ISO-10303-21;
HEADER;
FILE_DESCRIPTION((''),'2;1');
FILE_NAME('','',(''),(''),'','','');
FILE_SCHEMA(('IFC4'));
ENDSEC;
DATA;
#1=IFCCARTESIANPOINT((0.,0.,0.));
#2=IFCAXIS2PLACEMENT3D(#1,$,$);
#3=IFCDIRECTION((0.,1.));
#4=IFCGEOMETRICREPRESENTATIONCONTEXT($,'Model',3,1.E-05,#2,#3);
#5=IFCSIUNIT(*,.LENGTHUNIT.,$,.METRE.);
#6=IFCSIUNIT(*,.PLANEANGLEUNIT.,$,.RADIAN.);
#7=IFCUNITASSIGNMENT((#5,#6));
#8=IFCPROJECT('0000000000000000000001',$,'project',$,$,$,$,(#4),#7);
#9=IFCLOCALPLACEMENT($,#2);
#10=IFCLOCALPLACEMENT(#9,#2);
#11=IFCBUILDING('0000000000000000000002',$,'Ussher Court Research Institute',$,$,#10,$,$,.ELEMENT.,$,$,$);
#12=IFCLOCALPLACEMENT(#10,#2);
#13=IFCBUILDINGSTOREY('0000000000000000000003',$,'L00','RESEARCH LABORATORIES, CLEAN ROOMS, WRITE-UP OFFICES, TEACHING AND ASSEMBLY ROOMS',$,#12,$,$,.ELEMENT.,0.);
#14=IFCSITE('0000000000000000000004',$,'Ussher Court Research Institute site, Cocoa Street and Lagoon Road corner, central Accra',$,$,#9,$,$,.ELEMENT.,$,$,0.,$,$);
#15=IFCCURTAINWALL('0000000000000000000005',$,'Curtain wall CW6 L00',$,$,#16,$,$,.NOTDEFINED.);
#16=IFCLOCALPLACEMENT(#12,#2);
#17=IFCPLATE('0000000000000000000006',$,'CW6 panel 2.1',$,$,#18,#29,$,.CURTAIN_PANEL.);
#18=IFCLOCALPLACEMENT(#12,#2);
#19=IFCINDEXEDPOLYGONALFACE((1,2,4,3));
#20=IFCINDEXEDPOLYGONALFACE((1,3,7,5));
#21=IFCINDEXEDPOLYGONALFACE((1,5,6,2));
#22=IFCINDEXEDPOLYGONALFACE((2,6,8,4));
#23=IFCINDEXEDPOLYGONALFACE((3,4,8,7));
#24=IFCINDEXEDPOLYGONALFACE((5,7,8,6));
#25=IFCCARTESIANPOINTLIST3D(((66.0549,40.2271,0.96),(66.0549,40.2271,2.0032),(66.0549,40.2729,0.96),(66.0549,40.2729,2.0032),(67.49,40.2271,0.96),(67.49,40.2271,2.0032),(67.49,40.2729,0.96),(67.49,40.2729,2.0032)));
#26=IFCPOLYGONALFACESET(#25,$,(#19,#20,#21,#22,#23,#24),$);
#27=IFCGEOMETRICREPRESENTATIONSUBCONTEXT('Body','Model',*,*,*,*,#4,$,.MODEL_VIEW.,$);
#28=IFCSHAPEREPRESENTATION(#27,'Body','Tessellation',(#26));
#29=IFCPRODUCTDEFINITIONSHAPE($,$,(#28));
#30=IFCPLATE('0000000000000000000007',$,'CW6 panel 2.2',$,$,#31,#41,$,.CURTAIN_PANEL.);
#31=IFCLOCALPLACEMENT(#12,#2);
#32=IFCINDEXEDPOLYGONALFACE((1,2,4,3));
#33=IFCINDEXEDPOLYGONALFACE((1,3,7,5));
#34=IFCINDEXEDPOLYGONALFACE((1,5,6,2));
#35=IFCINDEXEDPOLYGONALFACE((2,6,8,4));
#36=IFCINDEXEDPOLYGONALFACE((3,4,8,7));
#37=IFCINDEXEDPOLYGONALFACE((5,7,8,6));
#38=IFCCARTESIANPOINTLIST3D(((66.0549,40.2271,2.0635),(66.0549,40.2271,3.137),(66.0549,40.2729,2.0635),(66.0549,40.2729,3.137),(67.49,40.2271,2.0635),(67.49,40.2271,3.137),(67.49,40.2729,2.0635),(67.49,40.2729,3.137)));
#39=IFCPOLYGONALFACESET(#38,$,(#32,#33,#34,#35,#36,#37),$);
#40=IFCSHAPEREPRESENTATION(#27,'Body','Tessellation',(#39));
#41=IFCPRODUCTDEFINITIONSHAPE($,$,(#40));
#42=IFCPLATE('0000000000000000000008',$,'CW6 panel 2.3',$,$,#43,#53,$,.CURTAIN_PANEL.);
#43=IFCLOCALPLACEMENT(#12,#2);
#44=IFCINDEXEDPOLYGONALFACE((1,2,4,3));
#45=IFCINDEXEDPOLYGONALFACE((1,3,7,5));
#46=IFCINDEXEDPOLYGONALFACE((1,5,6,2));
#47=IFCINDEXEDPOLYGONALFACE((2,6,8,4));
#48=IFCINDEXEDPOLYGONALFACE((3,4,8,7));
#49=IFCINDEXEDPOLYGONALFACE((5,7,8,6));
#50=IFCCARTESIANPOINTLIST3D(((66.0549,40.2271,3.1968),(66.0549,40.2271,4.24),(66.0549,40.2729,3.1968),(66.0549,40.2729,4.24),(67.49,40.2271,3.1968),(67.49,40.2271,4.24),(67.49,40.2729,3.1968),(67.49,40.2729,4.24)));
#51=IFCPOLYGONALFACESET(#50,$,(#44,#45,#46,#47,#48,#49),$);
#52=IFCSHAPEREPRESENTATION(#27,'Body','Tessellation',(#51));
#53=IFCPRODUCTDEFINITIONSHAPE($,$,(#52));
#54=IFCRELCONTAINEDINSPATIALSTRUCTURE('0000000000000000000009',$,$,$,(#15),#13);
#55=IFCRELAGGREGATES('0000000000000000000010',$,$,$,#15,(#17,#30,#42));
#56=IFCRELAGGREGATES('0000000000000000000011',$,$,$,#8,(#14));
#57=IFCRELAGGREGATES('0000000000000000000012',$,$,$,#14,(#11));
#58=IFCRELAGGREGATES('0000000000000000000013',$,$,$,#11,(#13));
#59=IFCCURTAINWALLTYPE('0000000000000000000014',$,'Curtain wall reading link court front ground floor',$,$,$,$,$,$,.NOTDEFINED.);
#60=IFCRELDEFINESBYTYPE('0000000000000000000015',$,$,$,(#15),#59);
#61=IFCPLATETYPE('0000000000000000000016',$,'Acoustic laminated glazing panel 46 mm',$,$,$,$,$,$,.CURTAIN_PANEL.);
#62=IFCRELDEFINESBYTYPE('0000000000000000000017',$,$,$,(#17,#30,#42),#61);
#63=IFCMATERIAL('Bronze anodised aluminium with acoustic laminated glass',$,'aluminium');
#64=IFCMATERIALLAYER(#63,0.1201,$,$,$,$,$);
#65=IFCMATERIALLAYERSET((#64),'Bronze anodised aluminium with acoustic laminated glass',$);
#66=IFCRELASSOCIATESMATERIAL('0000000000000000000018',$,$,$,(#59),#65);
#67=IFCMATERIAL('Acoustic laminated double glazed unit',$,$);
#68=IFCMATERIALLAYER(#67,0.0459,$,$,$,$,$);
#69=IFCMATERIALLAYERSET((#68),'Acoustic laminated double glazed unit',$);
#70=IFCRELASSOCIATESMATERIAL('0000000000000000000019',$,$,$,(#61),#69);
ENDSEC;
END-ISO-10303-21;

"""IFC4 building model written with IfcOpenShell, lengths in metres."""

from ifc_helpers import new_model, si_unit, direction, frame, origin, origin_2d, place, context, subcontext, project, spatial, rectangle, extrude, material, layer, layer_set, type_object, element, aggregate, save


model = new_model("IFC4")

# Units and contexts
model_context = context("Model", 3, precision=1e-05, world=origin(), true_north=direction((0.0, 1.0)))
body_context = subcontext(model_context, "Body", "Model", "MODEL_VIEW")
ifc_project = project(units=[si_unit("LENGTHUNIT", "METRE"), si_unit("PLANEANGLEUNIT", "RADIAN")], contexts=[model_context])

# Site, building, storey
site_placement = place(None, origin())
site = spatial("IfcSite", under=ifc_project, at=site_placement, Name="Ussher Court Research Institute site, Cocoa Street and Lagoon Road corner, central Accra", CompositionType="ELEMENT", RefElevation=0.0)
building_placement = place(site_placement, origin())
building = spatial("IfcBuilding", under=site, at=building_placement, Name="Ussher Court Research Institute", CompositionType="ELEMENT")
storey_placement = place(building_placement, origin())
storey = spatial("IfcBuildingStorey", under=building, at=storey_placement, Name="L00", Description="RESEARCH LABORATORIES, CLEAN ROOMS, WRITE-UP OFFICES, TEACHING AND ASSEMBLY ROOMS", CompositionType="ELEMENT", Elevation=0.0)

# Curtain wall
ifc_material_1 = material(Name="Bronze anodised aluminium with acoustic laminated glass", Category="aluminium")
ifc_layer_1 = layer(ifc_material_1, 0.1201)
ifc_layer_set_1 = layer_set([ifc_layer_1], Name="Bronze anodised aluminium with acoustic laminated glass")
curtain_wall_type = type_object("IfcCurtainWallType", Name="Curtain wall reading link court front ground floor", PredefinedType="NOTDEFINED", material=ifc_layer_set_1)
curtain_wall_placement = place(storey_placement, origin())
curtain_wall = element("IfcCurtainWall", 1, at=curtain_wall_placement, inside=storey, type_object=curtain_wall_type, Name="Curtain wall CW6 L00", PredefinedType="NOTDEFINED")

# Plates
ifc_material_2 = material(Name="Acoustic laminated double glazed unit")
ifc_layer_2 = layer(ifc_material_2, 0.0459)
ifc_layer_set_2 = layer_set([ifc_layer_2], Name="Acoustic laminated double glazed unit")
plate_type = type_object("IfcPlateType", Name="Acoustic laminated glazing panel 46 mm", PredefinedType="CURTAIN_PANEL", material=ifc_layer_set_2)
plate_1_placement = place(storey_placement, frame((66.7725, 40.25, 0.96), z_axis=(0.0, 0.0, 1.0), x_axis=(1.0, 0.0, 0.0)))
plate_1 = element("IfcPlate", 2, at=plate_1_placement, type_object=plate_type, Name="CW6 panel 2.1", PredefinedType="CURTAIN_PANEL", context=body_context, shape_type="SweptSolid", body=[
    extrude(rectangle(XDim=1.4351, YDim=0.0459, at=origin_2d()), origin(), (0.0, 0.0, 1.0), 1.0432),
])
plate_2_placement = place(storey_placement, frame((66.7725, 40.25, 2.0635), z_axis=(0.0, 0.0, 1.0), x_axis=(1.0, 0.0, 0.0)))
plate_2 = element("IfcPlate", 3, at=plate_2_placement, type_object=plate_type, Name="CW6 panel 2.2", PredefinedType="CURTAIN_PANEL", context=body_context, shape_type="SweptSolid", body=[
    extrude(rectangle(XDim=1.4351, YDim=0.0459, at=origin_2d()), origin(), (0.0, 0.0, 1.0), 1.0735),
])
plate_3_placement = place(storey_placement, frame((66.7725, 40.25, 3.1968), z_axis=(0.0, 0.0, 1.0), x_axis=(1.0, 0.0, 0.0)))
plate_3 = element("IfcPlate", 4, at=plate_3_placement, type_object=plate_type, Name="CW6 panel 2.3", PredefinedType="CURTAIN_PANEL", context=body_context, shape_type="SweptSolid", body=[
    extrude(rectangle(XDim=1.4351, YDim=0.0459, at=origin_2d()), origin(), (0.0, 0.0, 1.0), 1.0432),
])
aggregate(curtain_wall, [plate_1, plate_2, plate_3])

save(model, "model.ifc")
